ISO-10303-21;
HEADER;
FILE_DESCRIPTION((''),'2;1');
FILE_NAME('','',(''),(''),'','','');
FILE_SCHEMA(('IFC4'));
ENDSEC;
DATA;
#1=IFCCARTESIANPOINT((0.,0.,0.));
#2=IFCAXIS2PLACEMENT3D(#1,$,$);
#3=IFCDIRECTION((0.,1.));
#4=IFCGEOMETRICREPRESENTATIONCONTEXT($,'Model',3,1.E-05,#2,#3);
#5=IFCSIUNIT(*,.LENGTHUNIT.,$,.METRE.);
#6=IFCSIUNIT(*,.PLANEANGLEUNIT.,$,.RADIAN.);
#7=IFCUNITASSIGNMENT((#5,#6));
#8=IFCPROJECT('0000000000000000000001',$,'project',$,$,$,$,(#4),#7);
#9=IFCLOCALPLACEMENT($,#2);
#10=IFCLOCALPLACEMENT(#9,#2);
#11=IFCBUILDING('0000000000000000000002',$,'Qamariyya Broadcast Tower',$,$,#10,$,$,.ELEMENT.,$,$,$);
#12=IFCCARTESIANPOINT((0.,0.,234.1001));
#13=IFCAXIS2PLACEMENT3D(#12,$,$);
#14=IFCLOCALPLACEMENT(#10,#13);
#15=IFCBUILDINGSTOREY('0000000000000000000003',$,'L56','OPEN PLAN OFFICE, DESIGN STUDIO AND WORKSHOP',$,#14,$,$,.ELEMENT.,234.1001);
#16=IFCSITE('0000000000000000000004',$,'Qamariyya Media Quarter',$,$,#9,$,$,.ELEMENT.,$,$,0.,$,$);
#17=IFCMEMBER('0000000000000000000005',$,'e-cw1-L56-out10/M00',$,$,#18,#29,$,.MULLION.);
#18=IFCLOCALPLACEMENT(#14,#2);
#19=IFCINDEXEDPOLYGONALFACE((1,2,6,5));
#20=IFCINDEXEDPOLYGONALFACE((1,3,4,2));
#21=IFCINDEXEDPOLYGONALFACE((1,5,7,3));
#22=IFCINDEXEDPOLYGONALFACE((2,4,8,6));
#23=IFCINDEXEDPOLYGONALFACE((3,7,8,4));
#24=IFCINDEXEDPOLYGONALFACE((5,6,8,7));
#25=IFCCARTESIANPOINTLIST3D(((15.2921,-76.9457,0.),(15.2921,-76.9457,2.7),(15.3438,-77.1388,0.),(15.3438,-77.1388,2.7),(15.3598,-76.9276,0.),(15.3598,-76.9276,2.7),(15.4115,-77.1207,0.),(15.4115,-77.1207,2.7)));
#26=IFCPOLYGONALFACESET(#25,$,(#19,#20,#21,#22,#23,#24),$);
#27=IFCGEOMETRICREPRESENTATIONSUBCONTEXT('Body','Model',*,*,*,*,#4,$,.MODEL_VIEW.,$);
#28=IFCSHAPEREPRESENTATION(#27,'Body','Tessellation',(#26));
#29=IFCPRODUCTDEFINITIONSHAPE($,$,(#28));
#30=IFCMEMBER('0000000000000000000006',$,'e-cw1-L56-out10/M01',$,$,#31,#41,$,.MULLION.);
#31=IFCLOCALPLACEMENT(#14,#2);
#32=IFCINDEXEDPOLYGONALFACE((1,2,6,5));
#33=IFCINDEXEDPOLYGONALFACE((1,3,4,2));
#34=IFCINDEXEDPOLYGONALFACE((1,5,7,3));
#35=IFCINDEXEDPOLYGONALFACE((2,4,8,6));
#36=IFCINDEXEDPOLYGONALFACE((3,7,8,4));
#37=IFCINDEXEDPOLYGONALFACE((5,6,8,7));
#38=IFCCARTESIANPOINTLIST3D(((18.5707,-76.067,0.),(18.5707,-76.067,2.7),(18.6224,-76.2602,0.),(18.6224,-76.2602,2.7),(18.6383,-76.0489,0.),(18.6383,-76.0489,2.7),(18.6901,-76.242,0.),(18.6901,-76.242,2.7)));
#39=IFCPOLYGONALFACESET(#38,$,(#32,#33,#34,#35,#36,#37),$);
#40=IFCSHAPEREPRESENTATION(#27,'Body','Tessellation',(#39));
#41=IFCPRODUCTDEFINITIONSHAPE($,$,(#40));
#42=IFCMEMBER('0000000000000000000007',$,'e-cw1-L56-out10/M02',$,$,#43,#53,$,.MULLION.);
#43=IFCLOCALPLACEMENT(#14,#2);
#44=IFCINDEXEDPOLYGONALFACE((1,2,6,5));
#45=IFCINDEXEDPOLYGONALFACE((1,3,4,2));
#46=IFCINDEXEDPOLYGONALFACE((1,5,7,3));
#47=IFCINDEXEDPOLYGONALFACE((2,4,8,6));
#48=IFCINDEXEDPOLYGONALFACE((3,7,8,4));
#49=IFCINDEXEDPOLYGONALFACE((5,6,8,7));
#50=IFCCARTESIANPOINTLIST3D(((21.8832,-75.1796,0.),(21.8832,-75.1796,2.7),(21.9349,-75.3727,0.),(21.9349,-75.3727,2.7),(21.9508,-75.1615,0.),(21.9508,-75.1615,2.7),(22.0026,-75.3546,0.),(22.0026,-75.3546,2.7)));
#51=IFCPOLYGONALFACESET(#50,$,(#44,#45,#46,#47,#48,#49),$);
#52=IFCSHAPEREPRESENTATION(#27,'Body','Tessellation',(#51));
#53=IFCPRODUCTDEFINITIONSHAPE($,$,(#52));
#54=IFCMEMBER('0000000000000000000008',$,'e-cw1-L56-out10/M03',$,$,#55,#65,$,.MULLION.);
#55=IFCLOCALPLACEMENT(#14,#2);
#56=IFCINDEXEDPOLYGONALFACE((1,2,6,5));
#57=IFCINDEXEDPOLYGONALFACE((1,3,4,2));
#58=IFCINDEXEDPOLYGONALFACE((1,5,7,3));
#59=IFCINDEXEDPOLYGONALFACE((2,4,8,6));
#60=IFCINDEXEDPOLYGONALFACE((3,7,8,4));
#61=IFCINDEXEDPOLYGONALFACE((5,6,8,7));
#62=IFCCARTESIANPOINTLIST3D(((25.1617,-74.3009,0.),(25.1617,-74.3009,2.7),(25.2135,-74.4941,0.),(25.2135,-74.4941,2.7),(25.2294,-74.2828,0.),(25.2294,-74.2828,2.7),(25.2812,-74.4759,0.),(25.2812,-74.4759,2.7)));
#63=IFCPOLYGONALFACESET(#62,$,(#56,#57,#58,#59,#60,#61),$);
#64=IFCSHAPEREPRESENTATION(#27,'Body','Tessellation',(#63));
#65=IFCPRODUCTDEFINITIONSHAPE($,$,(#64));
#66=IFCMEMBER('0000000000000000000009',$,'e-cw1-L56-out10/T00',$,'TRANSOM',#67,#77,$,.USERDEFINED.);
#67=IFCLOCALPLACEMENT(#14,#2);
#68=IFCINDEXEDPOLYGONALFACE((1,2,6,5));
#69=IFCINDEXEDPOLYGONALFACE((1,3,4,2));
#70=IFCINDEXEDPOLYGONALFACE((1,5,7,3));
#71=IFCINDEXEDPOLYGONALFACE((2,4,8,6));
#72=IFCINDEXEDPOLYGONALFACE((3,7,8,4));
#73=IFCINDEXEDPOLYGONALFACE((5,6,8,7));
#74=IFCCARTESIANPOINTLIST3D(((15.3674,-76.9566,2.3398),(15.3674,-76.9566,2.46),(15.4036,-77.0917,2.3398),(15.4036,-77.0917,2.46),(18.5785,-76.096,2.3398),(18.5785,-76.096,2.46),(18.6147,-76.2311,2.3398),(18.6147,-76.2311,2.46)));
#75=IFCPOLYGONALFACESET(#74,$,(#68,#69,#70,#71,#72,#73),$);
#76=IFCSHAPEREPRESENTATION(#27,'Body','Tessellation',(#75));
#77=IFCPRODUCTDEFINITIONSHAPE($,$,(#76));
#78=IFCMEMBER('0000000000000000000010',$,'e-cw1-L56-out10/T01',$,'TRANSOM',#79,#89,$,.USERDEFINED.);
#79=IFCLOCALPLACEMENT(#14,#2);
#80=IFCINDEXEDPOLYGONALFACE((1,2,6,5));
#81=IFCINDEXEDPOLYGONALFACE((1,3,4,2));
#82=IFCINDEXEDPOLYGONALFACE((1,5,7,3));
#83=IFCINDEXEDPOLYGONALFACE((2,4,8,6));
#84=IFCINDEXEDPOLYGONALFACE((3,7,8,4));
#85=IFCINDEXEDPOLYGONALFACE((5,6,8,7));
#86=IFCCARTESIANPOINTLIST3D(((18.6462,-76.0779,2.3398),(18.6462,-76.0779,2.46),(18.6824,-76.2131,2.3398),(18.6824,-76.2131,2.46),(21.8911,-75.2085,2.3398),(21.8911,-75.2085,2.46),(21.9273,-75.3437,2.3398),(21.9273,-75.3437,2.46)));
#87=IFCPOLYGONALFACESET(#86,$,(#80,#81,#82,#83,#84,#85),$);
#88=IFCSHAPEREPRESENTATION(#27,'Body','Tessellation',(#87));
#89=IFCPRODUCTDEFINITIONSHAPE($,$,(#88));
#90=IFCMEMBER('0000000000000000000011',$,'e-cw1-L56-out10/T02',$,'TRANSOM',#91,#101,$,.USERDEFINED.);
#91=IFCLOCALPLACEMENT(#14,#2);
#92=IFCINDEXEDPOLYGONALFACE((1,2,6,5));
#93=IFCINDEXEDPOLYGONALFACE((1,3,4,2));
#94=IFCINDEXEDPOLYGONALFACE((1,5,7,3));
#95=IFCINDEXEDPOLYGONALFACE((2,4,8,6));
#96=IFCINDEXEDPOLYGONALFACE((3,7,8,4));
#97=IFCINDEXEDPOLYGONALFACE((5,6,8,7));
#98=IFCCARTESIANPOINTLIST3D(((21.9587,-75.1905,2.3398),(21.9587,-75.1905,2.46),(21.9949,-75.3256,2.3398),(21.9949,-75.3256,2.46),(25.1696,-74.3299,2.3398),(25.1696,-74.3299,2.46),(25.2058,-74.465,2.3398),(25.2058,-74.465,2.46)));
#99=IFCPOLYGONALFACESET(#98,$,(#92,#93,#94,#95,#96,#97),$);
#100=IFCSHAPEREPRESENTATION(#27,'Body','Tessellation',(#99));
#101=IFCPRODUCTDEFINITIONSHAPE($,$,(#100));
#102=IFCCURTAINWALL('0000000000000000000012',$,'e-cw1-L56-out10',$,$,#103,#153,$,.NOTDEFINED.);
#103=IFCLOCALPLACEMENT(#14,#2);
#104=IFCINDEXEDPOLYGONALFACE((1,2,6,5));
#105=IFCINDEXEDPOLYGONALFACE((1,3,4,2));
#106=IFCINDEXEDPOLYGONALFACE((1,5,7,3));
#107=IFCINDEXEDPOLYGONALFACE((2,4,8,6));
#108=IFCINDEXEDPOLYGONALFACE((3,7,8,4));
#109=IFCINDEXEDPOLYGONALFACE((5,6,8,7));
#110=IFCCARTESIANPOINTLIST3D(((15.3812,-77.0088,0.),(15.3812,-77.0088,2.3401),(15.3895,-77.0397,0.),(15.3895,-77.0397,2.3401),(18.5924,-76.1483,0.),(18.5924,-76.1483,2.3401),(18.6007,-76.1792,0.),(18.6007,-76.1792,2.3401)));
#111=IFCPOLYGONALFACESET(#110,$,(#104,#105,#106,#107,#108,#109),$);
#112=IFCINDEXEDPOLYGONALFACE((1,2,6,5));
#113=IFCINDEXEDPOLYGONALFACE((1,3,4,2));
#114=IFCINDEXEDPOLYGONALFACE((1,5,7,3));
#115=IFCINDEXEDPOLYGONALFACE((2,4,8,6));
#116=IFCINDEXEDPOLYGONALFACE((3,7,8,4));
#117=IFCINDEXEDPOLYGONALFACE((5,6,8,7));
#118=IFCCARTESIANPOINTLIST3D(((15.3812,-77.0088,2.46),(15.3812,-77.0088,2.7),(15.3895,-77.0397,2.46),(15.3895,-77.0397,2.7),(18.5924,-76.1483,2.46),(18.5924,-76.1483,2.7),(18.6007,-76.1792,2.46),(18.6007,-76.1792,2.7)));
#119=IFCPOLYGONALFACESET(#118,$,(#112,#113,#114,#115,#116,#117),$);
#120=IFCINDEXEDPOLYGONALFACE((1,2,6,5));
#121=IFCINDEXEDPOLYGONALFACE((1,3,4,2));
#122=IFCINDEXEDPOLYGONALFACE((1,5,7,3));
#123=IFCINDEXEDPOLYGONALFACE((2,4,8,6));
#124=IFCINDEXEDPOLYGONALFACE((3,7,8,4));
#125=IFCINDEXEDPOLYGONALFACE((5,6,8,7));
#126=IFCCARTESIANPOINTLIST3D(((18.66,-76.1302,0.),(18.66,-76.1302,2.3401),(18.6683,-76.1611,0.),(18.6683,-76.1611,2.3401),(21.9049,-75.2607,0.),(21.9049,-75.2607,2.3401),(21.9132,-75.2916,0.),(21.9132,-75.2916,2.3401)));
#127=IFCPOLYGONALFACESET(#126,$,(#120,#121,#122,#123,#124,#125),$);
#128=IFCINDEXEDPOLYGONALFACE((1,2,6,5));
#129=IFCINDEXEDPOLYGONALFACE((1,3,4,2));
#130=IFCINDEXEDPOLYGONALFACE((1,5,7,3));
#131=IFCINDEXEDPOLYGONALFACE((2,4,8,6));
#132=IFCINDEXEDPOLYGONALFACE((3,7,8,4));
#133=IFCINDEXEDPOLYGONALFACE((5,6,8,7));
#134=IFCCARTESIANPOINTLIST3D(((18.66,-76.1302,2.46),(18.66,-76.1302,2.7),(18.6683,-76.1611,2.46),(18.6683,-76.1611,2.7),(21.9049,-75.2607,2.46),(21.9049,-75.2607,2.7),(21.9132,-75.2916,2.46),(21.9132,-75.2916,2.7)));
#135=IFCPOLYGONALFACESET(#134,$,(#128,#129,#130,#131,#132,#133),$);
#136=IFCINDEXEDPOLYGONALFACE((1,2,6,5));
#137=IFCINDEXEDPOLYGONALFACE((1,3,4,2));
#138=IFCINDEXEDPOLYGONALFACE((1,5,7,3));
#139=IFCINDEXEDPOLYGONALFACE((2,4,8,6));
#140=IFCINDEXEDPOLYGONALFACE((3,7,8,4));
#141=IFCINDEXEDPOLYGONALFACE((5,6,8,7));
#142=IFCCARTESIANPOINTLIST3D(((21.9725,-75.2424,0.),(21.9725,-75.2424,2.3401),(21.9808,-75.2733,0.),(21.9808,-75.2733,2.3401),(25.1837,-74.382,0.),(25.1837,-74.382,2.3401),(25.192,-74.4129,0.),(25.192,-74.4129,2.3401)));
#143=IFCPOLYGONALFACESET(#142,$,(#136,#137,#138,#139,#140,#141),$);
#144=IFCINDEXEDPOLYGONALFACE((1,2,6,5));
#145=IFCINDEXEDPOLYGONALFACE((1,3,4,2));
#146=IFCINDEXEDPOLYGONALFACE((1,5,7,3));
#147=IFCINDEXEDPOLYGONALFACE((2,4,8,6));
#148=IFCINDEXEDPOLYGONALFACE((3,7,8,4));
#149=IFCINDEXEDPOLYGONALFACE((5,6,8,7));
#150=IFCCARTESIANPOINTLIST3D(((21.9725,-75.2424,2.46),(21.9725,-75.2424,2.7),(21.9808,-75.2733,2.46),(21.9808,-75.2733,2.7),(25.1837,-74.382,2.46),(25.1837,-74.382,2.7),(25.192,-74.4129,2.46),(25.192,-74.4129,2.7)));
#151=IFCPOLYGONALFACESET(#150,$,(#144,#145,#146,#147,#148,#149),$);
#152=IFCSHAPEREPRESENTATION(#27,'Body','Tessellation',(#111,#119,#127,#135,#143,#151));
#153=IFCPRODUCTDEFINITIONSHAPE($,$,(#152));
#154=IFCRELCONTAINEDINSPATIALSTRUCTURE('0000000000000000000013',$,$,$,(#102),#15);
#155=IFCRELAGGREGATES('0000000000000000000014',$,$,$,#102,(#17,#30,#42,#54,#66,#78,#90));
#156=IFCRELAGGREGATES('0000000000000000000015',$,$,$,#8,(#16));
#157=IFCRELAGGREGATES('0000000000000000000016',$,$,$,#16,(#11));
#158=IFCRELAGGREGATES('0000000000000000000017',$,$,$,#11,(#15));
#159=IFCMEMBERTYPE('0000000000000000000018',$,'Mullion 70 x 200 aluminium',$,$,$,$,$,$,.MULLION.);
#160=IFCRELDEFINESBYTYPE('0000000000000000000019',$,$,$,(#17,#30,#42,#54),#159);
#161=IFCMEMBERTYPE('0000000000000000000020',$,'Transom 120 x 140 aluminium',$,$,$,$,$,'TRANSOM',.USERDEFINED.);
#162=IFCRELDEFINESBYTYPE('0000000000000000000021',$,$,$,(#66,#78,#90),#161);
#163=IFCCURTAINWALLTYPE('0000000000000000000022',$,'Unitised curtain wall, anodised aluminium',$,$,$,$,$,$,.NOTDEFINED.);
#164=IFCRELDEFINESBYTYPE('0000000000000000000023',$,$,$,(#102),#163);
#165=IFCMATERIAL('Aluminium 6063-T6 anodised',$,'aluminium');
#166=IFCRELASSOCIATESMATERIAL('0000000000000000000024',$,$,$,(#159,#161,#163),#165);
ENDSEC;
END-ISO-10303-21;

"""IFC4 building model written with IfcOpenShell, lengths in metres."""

from ifc_helpers import new_model, si_unit, direction, frame, origin, origin_2d, place, context, subcontext, project, spatial, rectangle, extrude, material, material_profile, profile_set, type_object, element, aggregate, save


model = new_model("IFC4")

# Units and contexts
model_context = context("Model", 3, precision=1e-05, world=origin(), true_north=direction((0.0, 1.0)))
body_context = subcontext(model_context, "Body", "Model", "MODEL_VIEW")
ifc_project = project(units=[si_unit("LENGTHUNIT", "METRE"), si_unit("PLANEANGLEUNIT", "RADIAN")], contexts=[model_context])

# Members
ifc_material = material(Name="Aluminium 6063-T6 anodised", Category="aluminium")
ifc_material_profile_1 = material_profile(ifc_material, rectangle(XDim=0.2, YDim=0.0701, at=origin_2d()))
ifc_profile_set_1 = profile_set([ifc_material_profile_1], Name="Aluminium 6063-T6 anodised")
member_type_1 = type_object("IfcMemberType", Name="Mullion 70 x 200 aluminium", PredefinedType="MULLION", material=ifc_profile_set_1)
site_placement = place(None, origin())
building_placement = place(site_placement, origin())
storey_placement = place(building_placement, frame((0.0, 0.0, 234.1001)))
member_1_placement = place(storey_placement, frame((15.3518, -77.0332, 0.0), z_axis=(0.0, 0.0, 1.0), x_axis=(-0.258819, 0.965926, 0.0)))
member_1 = element("IfcMember", 1, at=member_1_placement, type_object=member_type_1, Name="e-cw1-L56-out10/M00", PredefinedType="MULLION", context=body_context, shape_type="SweptSolid", body=[
    extrude(rectangle(XDim=0.2, YDim=0.0701, at=origin_2d()), origin(), (0.0, 0.0, 1.0), 2.7),
])
member_2_placement = place(storey_placement, frame((18.6304, -76.1545, 0.0), z_axis=(0.0, 0.0, 1.0), x_axis=(-0.258819, 0.965926, 0.0)))
member_2 = element("IfcMember", 2, at=member_2_placement, type_object=member_type_1, Name="e-cw1-L56-out10/M01", PredefinedType="MULLION", context=body_context, shape_type="SweptSolid", body=[
    extrude(rectangle(XDim=0.2, YDim=0.0701, at=origin_2d()), origin(), (0.0, 0.0, 1.0), 2.7),
])
member_3_placement = place(storey_placement, frame((21.9429, -75.2671, 0.0), z_axis=(0.0, 0.0, 1.0), x_axis=(-0.258819, 0.965926, 0.0)))
member_3 = element("IfcMember", 3, at=member_3_placement, type_object=member_type_1, Name="e-cw1-L56-out10/M02", PredefinedType="MULLION", context=body_context, shape_type="SweptSolid", body=[
    extrude(rectangle(XDim=0.2, YDim=0.0701, at=origin_2d()), origin(), (0.0, 0.0, 1.0), 2.7),
])
member_4_placement = place(storey_placement, frame((25.2214, -74.3884, 0.0), z_axis=(0.0, 0.0, 1.0), x_axis=(-0.258819, 0.965926, 0.0)))
member_4 = element("IfcMember", 4, at=member_4_placement, type_object=member_type_1, Name="e-cw1-L56-out10/M03", PredefinedType="MULLION", context=body_context, shape_type="SweptSolid", body=[
    extrude(rectangle(XDim=0.2, YDim=0.0701, at=origin_2d()), origin(), (0.0, 0.0, 1.0), 2.7),
])
ifc_material_profile_2 = material_profile(ifc_material, rectangle(XDim=0.1399, YDim=0.1201, at=origin_2d()))
ifc_profile_set_2 = profile_set([ifc_material_profile_2], Name="Aluminium 6063-T6 anodised")
member_type_2 = type_object("IfcMemberType", Name="Transom 120 x 140 aluminium", ElementType="TRANSOM", PredefinedType="USERDEFINED", material=ifc_profile_set_2)
member_5_placement = place(storey_placement, frame((15.3855, -77.0242, 2.3999), z_axis=(0.965914, 0.258865, 0.0), x_axis=(-0.258865, 0.965914, 0.0)))
member_5 = element("IfcMember", 5, at=member_5_placement, type_object=member_type_2, Name="e-cw1-L56-out10/T00", ObjectType="TRANSOM", PredefinedType="USERDEFINED", context=body_context, shape_type="SweptSolid", body=[
    extrude(rectangle(XDim=0.1399, YDim=0.1201, at=origin_2d()), origin(), (0.0, 0.0, 1.0), 3.3245),
])
member_6_placement = place(storey_placement, frame((18.6643, -76.1455, 2.3999), z_axis=(0.965932, 0.258798, 0.0), x_axis=(-0.258798, 0.965932, 0.0)))
member_6 = element("IfcMember", 6, at=member_6_placement, type_object=member_type_2, Name="e-cw1-L56-out10/T01", ObjectType="TRANSOM", PredefinedType="USERDEFINED", context=body_context, shape_type="SweptSolid", body=[
    extrude(rectangle(XDim=0.1399, YDim=0.1201, at=origin_2d()), origin(), (0.0, 0.0, 1.0), 3.3594),
])
member_7_placement = place(storey_placement, frame((21.9768, -75.2581, 2.3999), z_axis=(0.965909, 0.258883, 0.0), x_axis=(-0.258883, 0.965909, 0.0)))
member_7 = element("IfcMember", 7, at=member_7_placement, type_object=member_type_2, Name="e-cw1-L56-out10/T02", ObjectType="TRANSOM", PredefinedType="USERDEFINED", context=body_context, shape_type="SweptSolid", body=[
    extrude(rectangle(XDim=0.1399, YDim=0.1201, at=origin_2d()), origin(), (0.0, 0.0, 1.0), 3.3242),
])

# Site, building, storey
site = spatial("IfcSite", under=ifc_project, at=site_placement, Name="Qamariyya Media Quarter", CompositionType="ELEMENT", RefElevation=0.0)
building = spatial("IfcBuilding", under=site, at=building_placement, Name="Qamariyya Broadcast Tower", CompositionType="ELEMENT")
storey = spatial("IfcBuildingStorey", under=building, at=storey_placement, Name="L56", Description="OPEN PLAN OFFICE, DESIGN STUDIO AND WORKSHOP", CompositionType="ELEMENT", Elevation=234.1001)

# Curtain wall
curtain_wall_type = type_object("IfcCurtainWallType", Name="Unitised curtain wall, anodised aluminium", PredefinedType="NOTDEFINED", material=ifc_material)
curtain_wall_1_placement = place(storey_placement, origin())
curtain_wall_1 = element("IfcCurtainWall", 8, at=curtain_wall_1_placement, inside=storey, type_object=curtain_wall_type, Name="e-cw1-L56-out10", PredefinedType="NOTDEFINED", context=body_context, shape_type="SweptSolid", body=[
    extrude(rectangle(XDim=3.3245, YDim=0.032, at=origin_2d()), frame((16.991, -76.594, 0.0), x_axis=(0.965923, 0.258828, 0.0)), (0.0, 0.0, 1.0), 2.3401),
    extrude(rectangle(XDim=3.3245, YDim=0.032, at=origin_2d()), frame((16.991, -76.594, 2.46), x_axis=(0.965923, 0.258828, 0.0)), (0.0, 0.0, 1.0), 0.24),
    extrude(rectangle(XDim=3.3594, YDim=0.032, at=origin_2d()), frame((20.2866, -75.7109, 0.0), x_axis=(0.965923, 0.258828, 0.0)), (0.0, 0.0, 1.0), 2.3401),
    extrude(rectangle(XDim=3.3594, YDim=0.032, at=origin_2d()), frame((20.2866, -75.7109, 2.46), x_axis=(0.965923, 0.258828, 0.0)), (0.0, 0.0, 1.0), 0.24),
    extrude(rectangle(XDim=3.3245, YDim=0.032, at=origin_2d()), frame((23.5823, -74.8276, 0.0), x_axis=(0.965923, 0.258828, 0.0)), (0.0, 0.0, 1.0), 2.3401),
    extrude(rectangle(XDim=3.3245, YDim=0.032, at=origin_2d()), frame((23.5823, -74.8276, 2.46), x_axis=(0.965923, 0.258828, 0.0)), (0.0, 0.0, 1.0), 0.24),
])
aggregate(curtain_wall_1, [member_1, member_2, member_3, member_4, member_5, member_6, member_7])

save(model, "model.ifc")
